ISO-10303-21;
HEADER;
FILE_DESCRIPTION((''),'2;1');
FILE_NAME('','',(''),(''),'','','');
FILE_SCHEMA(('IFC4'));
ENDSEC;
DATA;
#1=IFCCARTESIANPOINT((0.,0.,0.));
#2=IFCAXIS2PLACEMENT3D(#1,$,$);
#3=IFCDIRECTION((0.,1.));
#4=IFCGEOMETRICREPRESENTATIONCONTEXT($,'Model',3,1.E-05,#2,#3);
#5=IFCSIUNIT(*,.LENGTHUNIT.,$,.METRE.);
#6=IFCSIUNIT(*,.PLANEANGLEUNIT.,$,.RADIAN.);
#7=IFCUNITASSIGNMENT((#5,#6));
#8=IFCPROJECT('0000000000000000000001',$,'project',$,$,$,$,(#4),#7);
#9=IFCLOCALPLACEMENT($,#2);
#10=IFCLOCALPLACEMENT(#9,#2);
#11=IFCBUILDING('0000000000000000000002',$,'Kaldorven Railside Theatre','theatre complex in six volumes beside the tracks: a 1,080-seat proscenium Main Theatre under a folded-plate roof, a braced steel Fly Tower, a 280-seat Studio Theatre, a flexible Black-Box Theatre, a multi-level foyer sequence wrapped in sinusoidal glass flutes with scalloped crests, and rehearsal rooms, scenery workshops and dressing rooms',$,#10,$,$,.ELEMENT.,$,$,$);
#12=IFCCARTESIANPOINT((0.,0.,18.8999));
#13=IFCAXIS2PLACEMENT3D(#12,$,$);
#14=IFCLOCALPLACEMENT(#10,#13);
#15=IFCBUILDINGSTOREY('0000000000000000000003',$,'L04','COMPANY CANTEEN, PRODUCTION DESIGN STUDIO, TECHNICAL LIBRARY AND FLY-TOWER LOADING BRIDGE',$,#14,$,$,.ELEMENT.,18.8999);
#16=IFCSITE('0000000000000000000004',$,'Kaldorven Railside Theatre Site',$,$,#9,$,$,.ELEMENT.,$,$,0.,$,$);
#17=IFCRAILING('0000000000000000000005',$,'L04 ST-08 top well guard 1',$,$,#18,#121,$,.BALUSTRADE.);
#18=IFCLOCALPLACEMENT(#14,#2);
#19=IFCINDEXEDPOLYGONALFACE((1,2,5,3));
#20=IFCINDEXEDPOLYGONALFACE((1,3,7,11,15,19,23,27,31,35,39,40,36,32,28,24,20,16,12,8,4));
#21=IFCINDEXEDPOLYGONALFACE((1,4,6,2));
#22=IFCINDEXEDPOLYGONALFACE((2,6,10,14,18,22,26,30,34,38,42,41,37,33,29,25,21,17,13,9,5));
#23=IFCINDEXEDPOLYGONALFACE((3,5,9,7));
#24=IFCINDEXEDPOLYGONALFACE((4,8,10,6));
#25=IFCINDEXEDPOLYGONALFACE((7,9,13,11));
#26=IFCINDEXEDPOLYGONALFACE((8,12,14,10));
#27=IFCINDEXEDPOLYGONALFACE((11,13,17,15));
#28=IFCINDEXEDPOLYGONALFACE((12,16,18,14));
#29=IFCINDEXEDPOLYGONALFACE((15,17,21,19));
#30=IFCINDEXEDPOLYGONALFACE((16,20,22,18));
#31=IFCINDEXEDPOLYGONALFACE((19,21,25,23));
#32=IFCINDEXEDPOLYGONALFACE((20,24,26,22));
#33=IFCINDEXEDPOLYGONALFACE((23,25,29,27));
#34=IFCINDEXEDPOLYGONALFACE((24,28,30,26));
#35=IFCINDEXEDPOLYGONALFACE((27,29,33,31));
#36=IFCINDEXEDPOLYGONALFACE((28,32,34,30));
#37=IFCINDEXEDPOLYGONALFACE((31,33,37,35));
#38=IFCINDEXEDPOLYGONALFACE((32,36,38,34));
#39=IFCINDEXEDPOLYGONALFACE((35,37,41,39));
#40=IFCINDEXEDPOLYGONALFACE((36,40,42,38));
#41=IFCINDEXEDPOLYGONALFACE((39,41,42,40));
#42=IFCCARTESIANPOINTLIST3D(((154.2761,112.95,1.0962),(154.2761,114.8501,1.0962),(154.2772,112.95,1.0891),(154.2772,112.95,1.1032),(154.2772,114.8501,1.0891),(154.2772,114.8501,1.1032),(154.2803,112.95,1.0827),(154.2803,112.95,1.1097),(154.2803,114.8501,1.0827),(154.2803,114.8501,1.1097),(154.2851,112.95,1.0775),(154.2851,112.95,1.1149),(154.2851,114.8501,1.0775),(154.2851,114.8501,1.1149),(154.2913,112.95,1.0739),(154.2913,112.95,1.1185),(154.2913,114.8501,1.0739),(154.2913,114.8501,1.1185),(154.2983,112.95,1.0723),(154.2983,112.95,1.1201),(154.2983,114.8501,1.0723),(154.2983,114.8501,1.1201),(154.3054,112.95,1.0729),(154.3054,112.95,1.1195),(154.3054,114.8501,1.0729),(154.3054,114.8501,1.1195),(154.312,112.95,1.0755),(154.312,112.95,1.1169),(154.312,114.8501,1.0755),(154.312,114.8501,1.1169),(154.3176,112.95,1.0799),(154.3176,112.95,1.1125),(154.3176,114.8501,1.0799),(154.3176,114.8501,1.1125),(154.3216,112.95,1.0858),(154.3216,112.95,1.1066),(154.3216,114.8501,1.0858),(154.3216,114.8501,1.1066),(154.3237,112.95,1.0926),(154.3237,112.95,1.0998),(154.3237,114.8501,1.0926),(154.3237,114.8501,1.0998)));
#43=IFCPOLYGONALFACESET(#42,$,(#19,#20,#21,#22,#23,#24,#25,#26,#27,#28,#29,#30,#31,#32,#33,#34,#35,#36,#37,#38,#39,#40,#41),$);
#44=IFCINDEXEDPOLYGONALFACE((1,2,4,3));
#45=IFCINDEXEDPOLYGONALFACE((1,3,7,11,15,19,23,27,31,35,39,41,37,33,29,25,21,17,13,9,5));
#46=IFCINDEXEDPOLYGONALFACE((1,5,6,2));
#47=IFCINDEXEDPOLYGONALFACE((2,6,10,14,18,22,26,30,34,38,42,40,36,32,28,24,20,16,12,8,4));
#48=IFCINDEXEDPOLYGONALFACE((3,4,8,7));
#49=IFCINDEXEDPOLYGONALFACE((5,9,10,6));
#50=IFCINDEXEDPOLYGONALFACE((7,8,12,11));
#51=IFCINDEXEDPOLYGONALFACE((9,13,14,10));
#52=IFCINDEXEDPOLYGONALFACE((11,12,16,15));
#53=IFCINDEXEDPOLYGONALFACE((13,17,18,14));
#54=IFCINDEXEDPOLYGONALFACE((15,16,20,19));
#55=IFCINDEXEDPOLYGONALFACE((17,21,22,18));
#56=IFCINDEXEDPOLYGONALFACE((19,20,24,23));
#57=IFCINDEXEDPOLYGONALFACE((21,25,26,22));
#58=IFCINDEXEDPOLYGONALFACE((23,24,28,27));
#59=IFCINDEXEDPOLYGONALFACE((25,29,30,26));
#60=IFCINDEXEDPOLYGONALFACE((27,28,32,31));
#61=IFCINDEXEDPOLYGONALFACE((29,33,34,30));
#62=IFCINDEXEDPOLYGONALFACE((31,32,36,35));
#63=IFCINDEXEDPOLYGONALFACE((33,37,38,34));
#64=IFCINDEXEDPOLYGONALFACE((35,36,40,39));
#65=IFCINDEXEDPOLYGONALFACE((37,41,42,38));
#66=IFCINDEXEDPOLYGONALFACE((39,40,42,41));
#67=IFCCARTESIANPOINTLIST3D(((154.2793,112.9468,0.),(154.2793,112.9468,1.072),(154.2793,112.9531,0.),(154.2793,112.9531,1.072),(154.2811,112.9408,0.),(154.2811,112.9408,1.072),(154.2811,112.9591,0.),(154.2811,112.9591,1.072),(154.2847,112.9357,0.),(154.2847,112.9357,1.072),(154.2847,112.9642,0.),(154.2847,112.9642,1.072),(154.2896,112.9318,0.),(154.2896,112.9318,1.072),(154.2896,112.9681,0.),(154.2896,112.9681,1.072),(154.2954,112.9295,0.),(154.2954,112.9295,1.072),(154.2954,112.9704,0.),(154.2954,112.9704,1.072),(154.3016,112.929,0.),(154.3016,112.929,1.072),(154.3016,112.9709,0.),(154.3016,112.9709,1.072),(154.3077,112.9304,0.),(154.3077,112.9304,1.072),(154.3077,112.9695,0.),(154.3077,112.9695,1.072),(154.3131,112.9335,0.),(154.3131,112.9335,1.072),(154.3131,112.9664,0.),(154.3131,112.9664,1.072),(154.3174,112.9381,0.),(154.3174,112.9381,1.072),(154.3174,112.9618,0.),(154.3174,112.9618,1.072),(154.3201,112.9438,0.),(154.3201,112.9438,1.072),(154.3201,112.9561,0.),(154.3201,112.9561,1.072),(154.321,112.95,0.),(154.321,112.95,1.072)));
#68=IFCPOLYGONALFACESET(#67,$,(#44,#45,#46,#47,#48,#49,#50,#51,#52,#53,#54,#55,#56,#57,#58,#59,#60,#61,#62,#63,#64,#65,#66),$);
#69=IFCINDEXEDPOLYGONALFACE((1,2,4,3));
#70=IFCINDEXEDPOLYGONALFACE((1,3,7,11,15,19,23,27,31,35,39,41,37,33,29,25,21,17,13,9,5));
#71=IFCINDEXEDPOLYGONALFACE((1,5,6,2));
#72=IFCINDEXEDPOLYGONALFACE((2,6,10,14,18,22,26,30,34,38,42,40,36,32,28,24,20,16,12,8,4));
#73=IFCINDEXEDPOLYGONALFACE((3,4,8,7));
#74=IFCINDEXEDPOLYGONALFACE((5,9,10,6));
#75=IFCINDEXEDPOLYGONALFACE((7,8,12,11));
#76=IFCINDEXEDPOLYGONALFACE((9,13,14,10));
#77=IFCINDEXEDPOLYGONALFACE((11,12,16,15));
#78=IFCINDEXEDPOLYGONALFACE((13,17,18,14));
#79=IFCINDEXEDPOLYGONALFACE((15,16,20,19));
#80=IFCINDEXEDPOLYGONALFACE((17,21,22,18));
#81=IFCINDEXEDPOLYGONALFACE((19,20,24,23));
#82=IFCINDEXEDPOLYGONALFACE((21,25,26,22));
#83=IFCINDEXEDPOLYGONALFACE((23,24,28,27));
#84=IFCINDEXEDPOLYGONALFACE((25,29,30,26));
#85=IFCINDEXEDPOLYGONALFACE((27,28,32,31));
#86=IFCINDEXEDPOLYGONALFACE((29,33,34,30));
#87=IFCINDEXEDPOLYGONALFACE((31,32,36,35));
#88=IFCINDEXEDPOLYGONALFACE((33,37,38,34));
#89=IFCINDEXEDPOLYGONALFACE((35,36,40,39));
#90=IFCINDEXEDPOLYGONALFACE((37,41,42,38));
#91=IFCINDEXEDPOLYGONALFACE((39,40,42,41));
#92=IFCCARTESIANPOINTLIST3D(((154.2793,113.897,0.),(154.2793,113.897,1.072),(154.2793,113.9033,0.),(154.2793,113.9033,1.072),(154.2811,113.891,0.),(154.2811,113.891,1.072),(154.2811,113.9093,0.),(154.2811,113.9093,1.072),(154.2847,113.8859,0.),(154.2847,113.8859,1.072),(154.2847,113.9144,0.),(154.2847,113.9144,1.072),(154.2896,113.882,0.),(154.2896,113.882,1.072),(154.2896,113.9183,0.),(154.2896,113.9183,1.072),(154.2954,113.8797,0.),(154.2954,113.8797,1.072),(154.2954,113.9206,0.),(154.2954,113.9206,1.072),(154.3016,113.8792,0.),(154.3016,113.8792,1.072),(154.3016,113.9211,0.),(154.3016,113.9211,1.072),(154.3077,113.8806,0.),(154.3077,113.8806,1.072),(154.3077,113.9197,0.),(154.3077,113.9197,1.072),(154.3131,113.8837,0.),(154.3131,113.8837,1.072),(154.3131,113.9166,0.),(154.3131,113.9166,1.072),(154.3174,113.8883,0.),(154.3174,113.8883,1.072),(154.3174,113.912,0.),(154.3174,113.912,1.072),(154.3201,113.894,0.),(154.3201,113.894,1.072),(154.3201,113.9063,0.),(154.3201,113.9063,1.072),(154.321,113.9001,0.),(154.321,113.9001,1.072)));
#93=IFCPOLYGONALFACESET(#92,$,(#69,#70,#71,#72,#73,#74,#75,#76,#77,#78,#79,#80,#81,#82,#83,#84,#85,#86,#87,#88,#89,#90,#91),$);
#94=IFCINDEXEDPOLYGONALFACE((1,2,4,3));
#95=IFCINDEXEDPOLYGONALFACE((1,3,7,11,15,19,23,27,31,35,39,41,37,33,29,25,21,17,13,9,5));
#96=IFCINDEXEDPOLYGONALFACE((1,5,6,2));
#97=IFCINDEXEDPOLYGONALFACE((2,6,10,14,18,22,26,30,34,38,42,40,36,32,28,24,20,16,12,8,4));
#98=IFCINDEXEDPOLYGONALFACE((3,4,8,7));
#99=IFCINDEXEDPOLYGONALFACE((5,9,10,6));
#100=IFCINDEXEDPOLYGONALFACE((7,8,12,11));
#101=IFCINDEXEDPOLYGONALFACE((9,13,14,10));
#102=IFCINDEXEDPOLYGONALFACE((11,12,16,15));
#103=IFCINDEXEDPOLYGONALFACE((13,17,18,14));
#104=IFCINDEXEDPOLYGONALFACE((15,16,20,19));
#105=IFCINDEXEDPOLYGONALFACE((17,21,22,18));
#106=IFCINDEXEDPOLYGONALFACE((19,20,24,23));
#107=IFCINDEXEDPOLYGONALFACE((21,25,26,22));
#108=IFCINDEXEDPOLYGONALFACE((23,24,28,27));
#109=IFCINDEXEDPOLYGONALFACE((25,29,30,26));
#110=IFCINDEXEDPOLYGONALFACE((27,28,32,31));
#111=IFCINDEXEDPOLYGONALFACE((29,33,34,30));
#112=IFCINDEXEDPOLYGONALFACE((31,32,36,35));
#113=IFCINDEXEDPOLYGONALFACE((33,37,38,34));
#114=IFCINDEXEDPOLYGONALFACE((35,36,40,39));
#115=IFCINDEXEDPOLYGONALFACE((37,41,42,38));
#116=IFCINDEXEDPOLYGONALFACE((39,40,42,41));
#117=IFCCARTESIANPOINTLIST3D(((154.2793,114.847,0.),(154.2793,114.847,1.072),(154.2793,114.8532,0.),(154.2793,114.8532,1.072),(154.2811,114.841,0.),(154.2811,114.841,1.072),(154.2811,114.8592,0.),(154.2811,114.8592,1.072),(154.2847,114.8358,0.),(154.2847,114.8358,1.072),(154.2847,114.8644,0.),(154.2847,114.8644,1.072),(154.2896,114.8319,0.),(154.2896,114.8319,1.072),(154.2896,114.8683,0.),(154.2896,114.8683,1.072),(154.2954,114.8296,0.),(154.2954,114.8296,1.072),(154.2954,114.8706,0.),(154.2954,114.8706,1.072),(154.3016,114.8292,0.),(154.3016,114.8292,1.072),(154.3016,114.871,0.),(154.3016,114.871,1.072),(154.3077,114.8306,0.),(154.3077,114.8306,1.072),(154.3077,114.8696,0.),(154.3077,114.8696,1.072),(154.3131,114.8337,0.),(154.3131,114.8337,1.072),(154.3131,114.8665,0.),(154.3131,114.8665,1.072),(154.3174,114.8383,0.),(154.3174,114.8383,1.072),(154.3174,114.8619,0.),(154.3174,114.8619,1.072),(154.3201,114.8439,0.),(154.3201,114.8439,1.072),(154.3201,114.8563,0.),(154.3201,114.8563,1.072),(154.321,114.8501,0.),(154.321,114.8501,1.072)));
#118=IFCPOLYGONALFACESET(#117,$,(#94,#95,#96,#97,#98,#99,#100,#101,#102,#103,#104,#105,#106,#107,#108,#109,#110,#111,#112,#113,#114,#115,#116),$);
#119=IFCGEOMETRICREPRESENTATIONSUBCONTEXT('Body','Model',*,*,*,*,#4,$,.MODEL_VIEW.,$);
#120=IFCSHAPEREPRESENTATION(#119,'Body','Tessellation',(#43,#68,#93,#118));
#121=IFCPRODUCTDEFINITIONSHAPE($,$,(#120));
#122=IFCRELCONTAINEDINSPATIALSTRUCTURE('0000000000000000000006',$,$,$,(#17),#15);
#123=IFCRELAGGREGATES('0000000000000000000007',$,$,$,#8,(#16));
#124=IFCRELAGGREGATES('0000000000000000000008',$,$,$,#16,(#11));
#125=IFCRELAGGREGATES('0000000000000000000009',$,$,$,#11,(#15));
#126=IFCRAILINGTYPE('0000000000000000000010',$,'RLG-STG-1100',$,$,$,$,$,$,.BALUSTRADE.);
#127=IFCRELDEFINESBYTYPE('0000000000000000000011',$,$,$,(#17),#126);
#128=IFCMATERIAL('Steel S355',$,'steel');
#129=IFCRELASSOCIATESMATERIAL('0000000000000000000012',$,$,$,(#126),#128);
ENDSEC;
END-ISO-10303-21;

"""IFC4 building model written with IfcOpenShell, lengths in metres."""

from ifc_helpers import new_model, si_unit, direction, frame, origin, origin_2d, place, context, subcontext, project, spatial, circle, extrude, material, type_object, element, save


model = new_model("IFC4")

# Units and contexts
model_context = context("Model", 3, precision=1e-05, world=origin(), true_north=direction((0.0, 1.0)))
body_context = subcontext(model_context, "Body", "Model", "MODEL_VIEW")
ifc_project = project(units=[si_unit("LENGTHUNIT", "METRE"), si_unit("PLANEANGLEUNIT", "RADIAN")], contexts=[model_context])

# Site, building, storey
site_placement = place(None, origin())
site = spatial("IfcSite", under=ifc_project, at=site_placement, Name="Kaldorven Railside Theatre Site", CompositionType="ELEMENT", RefElevation=0.0)
building_placement = place(site_placement, origin())
building = spatial("IfcBuilding", under=site, at=building_placement, Name="Kaldorven Railside Theatre", Description="theatre complex in six volumes beside the tracks: a 1,080-seat proscenium Main Theatre under a folded-plate roof, a braced steel Fly Tower, a 280-seat Studio Theatre, a flexible Black-Box Theatre, a multi-level foyer sequence wrapped in sinusoidal glass flutes with scalloped crests, and rehearsal rooms, scenery workshops and dressing rooms", CompositionType="ELEMENT")
storey_placement = place(building_placement, frame((0.0, 0.0, 18.8999)))
storey = spatial("IfcBuildingStorey", under=building, at=storey_placement, Name="L04", Description="COMPANY CANTEEN, PRODUCTION DESIGN STUDIO, TECHNICAL LIBRARY AND FLY-TOWER LOADING BRIDGE", CompositionType="ELEMENT", Elevation=18.8999)

# Shared definitions
ifc_material_1 = material(Name="Steel S355", Category="steel")

# Railing
railing_type = type_object("IfcRailingType", Name="RLG-STG-1100", PredefinedType="BALUSTRADE", material=ifc_material_1)
railing_placement = place(storey_placement, frame((154.3, 112.95, 0.0)))
element("IfcRailing", 1, at=railing_placement, inside=storey, type_object=railing_type, Name="L04 ST-08 top well guard 1", PredefinedType="BALUSTRADE", context=body_context, shape_type="SweptSolid", body=[
    extrude(circle(Radius=0.0239, at=origin_2d()), frame((0.0, 0.0, 1.0962), z_axis=(0.0, 1.0, 0.0), x_axis=(-1.0, 0.0, 0.0)), (0.0, 0.0, 1.0), 1.9001),
    extrude(circle(Radius=0.021, at=origin_2d()), origin(), (0.0, 0.0, 1.0), 1.072),
    extrude(circle(Radius=0.021, at=origin_2d()), frame((0.0, 0.9502, 0.0)), (0.0, 0.0, 1.0), 1.072),
    extrude(circle(Radius=0.021, at=origin_2d()), frame((0.0, 1.9001, 0.0)), (0.0, 0.0, 1.0), 1.072),
])

save(model, "model.ifc")
